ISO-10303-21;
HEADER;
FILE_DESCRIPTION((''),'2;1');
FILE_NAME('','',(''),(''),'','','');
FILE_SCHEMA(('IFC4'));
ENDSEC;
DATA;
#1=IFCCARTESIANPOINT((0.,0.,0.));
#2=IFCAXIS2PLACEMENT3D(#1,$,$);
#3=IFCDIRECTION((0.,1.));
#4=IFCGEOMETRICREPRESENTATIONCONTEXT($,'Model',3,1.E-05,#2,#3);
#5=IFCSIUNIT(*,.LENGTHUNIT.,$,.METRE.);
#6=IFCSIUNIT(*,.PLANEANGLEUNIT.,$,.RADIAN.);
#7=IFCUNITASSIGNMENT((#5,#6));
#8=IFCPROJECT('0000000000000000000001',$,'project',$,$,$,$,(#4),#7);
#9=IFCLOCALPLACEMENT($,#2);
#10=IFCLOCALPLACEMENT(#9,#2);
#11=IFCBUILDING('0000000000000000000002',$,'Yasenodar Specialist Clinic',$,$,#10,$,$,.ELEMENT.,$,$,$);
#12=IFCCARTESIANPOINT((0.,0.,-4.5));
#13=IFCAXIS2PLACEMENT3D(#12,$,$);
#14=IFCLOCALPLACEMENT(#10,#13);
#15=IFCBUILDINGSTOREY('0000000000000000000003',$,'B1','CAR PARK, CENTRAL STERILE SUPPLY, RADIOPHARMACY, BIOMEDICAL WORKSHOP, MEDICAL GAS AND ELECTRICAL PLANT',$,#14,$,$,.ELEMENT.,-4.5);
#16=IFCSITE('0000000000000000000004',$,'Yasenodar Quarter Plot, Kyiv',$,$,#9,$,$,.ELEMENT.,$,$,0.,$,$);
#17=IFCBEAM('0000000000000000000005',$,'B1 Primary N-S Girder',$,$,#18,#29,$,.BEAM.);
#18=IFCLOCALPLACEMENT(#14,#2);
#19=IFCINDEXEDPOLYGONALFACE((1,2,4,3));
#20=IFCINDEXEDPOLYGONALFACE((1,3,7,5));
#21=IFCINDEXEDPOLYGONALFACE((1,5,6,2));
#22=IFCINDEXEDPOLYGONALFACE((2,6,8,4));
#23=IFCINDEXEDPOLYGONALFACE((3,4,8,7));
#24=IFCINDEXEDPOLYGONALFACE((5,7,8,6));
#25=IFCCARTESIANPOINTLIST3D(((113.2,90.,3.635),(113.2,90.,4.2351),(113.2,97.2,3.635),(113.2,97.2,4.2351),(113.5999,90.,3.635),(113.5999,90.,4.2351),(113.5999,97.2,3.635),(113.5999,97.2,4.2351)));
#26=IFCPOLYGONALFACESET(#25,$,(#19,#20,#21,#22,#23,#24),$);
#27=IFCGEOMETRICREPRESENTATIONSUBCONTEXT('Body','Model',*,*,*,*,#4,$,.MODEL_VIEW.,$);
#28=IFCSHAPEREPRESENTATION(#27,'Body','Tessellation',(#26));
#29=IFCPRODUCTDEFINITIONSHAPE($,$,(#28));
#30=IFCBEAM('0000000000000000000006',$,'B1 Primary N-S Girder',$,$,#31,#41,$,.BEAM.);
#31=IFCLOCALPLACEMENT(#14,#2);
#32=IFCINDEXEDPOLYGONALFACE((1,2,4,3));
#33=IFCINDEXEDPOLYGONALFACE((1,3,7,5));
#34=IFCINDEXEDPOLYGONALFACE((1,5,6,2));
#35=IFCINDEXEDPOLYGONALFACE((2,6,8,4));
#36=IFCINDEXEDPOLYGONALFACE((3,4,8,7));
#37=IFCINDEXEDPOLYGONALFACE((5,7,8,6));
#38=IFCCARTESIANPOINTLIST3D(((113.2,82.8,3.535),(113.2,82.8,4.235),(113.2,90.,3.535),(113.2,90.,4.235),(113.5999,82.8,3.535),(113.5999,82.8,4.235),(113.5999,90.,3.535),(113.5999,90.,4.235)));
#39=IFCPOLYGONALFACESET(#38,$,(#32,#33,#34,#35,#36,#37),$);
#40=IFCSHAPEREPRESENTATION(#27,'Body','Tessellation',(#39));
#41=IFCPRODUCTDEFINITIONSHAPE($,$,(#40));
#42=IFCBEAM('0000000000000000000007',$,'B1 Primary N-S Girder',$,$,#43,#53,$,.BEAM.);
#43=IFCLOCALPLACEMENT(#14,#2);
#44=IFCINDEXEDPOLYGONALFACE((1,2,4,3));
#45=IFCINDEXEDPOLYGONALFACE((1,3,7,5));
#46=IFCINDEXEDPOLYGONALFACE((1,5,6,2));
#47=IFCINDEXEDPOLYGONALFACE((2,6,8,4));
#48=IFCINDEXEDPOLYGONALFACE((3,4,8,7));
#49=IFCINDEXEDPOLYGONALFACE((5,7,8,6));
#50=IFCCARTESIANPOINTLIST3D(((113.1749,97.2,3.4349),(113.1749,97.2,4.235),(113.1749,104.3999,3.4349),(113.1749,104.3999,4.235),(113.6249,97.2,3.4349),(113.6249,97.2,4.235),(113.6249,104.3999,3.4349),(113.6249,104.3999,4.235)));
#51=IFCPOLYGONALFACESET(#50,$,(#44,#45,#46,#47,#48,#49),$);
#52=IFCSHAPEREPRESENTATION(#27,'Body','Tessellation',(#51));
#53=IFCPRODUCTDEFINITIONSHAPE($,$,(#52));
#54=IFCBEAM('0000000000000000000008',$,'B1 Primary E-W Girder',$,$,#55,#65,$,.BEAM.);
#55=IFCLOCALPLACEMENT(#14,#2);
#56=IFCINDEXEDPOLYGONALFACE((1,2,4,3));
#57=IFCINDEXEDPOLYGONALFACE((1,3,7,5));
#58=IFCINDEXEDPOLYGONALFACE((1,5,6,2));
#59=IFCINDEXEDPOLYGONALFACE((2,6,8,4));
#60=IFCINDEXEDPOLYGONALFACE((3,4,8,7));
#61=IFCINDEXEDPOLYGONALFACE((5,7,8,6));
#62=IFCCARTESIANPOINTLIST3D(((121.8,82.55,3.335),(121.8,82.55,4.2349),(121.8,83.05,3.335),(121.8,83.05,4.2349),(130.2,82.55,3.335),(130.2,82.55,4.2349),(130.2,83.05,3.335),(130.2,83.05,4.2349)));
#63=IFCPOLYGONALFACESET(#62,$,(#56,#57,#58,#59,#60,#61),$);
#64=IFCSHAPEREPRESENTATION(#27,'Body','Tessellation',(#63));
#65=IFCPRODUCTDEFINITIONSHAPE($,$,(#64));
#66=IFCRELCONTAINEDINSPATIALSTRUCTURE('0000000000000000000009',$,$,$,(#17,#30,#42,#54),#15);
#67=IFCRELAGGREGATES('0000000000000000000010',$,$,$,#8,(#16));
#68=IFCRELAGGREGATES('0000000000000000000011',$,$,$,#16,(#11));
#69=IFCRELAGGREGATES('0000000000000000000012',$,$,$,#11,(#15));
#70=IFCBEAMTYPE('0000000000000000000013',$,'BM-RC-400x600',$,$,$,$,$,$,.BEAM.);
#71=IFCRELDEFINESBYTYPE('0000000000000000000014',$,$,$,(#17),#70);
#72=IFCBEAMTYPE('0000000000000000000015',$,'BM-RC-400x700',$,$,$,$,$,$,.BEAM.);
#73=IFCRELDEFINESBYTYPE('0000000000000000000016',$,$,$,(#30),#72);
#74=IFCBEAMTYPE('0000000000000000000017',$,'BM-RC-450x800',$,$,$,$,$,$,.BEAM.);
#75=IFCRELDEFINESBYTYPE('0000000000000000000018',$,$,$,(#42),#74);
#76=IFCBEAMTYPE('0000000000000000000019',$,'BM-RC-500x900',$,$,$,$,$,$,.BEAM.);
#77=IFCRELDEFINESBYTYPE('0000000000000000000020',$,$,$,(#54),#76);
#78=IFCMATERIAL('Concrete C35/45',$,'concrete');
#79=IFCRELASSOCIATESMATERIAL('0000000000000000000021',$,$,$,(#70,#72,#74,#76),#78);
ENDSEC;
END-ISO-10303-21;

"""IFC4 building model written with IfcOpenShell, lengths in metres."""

from ifc_helpers import new_model, si_unit, direction, frame, origin, origin_2d, place, context, subcontext, project, spatial, rectangle, extrude, material, material_profile, profile_set, type_object, element, save


model = new_model("IFC4")

# Units and contexts
model_context = context("Model", 3, precision=1e-05, world=origin(), true_north=direction((0.0, 1.0)))
body_context = subcontext(model_context, "Body", "Model", "MODEL_VIEW")
ifc_project = project(units=[si_unit("LENGTHUNIT", "METRE"), si_unit("PLANEANGLEUNIT", "RADIAN")], contexts=[model_context])

# Site, building, storey
site_placement = place(None, origin())
site = spatial("IfcSite", under=ifc_project, at=site_placement, Name="Yasenodar Quarter Plot, Kyiv", CompositionType="ELEMENT", RefElevation=0.0)
building_placement = place(site_placement, origin())
building = spatial("IfcBuilding", under=site, at=building_placement, Name="Yasenodar Specialist Clinic", CompositionType="ELEMENT")
storey_placement = place(building_placement, frame((0.0, 0.0, -4.5)))
storey = spatial("IfcBuildingStorey", under=building, at=storey_placement, Name="B1", Description="CAR PARK, CENTRAL STERILE SUPPLY, RADIOPHARMACY, BIOMEDICAL WORKSHOP, MEDICAL GAS AND ELECTRICAL PLANT", CompositionType="ELEMENT", Elevation=-4.5)

# Shared definitions
ifc_material_1 = material(Name="Concrete C35/45", Category="concrete")

# Beams
ifc_material_profile_1 = material_profile(ifc_material_1, rectangle(XDim=0.3999, YDim=0.6001, at=origin_2d()), Name="RC 400x600")
ifc_profile_set_1 = profile_set([ifc_material_profile_1], Name="Concrete C35/45")
beam_type_1 = type_object("IfcBeamType", Name="BM-RC-400x600", PredefinedType="BEAM", material=ifc_profile_set_1)
beam_1_placement = place(storey_placement, frame((113.3999, 90.0, 3.9351), z_axis=(0.0, 1.0, 0.0), x_axis=(-1.0, 0.0, 0.0)))
element("IfcBeam", 1, at=beam_1_placement, inside=storey, type_object=beam_type_1, Name="B1 Primary N-S Girder", PredefinedType="BEAM", context=body_context, shape_type="SweptSolid", body=[
    extrude(rectangle(XDim=0.3999, YDim=0.6001, at=origin_2d()), origin(), (0.0, 0.0, 1.0), 7.2),
])
ifc_material_profile_2 = material_profile(ifc_material_1, rectangle(XDim=0.3999, YDim=0.7, at=origin_2d()), Name="RC 400x700")
ifc_profile_set_2 = profile_set([ifc_material_profile_2], Name="Concrete C35/45")
beam_type_2 = type_object("IfcBeamType", Name="BM-RC-400x700", PredefinedType="BEAM", material=ifc_profile_set_2)
beam_2_placement = place(storey_placement, frame((113.3999, 82.8, 3.885), z_axis=(0.0, 1.0, 0.0), x_axis=(-1.0, 0.0, 0.0)))
element("IfcBeam", 2, at=beam_2_placement, inside=storey, type_object=beam_type_2, Name="B1 Primary N-S Girder", PredefinedType="BEAM", context=body_context, shape_type="SweptSolid", body=[
    extrude(rectangle(XDim=0.3999, YDim=0.7, at=origin_2d()), origin(), (0.0, 0.0, 1.0), 7.2),
])
ifc_material_profile_3 = material_profile(ifc_material_1, rectangle(XDim=0.45, YDim=0.8, at=origin_2d()), Name="RC 450x800")
ifc_profile_set_3 = profile_set([ifc_material_profile_3], Name="Concrete C35/45")
beam_type_3 = type_object("IfcBeamType", Name="BM-RC-450x800", PredefinedType="BEAM", material=ifc_profile_set_3)
beam_3_placement = place(storey_placement, frame((113.3999, 97.2, 3.835), z_axis=(0.0, 1.0, 0.0), x_axis=(-1.0, 0.0, 0.0)))
element("IfcBeam", 3, at=beam_3_placement, inside=storey, type_object=beam_type_3, Name="B1 Primary N-S Girder", PredefinedType="BEAM", context=body_context, shape_type="SweptSolid", body=[
    extrude(rectangle(XDim=0.45, YDim=0.8, at=origin_2d()), origin(), (0.0, 0.0, 1.0), 7.2),
])
ifc_material_profile_4 = material_profile(ifc_material_1, rectangle(XDim=0.5, YDim=0.8999, at=origin_2d()), Name="RC 500x900")
ifc_profile_set_4 = profile_set([ifc_material_profile_4], Name="Concrete C35/45")
beam_type_4 = type_object("IfcBeamType", Name="BM-RC-500x900", PredefinedType="BEAM", material=ifc_profile_set_4)
beam_4_placement = place(storey_placement, frame((121.8, 82.8, 3.7849), z_axis=(1.0, 0.0, 0.0), x_axis=(0.0, 1.0, 0.0)))
element("IfcBeam", 4, at=beam_4_placement, inside=storey, type_object=beam_type_4, Name="B1 Primary E-W Girder", PredefinedType="BEAM", context=body_context, shape_type="SweptSolid", body=[
    extrude(rectangle(XDim=0.5, YDim=0.8999, at=origin_2d()), origin(), (0.0, 0.0, 1.0), 8.3999),
])

save(model, "model.ifc")
